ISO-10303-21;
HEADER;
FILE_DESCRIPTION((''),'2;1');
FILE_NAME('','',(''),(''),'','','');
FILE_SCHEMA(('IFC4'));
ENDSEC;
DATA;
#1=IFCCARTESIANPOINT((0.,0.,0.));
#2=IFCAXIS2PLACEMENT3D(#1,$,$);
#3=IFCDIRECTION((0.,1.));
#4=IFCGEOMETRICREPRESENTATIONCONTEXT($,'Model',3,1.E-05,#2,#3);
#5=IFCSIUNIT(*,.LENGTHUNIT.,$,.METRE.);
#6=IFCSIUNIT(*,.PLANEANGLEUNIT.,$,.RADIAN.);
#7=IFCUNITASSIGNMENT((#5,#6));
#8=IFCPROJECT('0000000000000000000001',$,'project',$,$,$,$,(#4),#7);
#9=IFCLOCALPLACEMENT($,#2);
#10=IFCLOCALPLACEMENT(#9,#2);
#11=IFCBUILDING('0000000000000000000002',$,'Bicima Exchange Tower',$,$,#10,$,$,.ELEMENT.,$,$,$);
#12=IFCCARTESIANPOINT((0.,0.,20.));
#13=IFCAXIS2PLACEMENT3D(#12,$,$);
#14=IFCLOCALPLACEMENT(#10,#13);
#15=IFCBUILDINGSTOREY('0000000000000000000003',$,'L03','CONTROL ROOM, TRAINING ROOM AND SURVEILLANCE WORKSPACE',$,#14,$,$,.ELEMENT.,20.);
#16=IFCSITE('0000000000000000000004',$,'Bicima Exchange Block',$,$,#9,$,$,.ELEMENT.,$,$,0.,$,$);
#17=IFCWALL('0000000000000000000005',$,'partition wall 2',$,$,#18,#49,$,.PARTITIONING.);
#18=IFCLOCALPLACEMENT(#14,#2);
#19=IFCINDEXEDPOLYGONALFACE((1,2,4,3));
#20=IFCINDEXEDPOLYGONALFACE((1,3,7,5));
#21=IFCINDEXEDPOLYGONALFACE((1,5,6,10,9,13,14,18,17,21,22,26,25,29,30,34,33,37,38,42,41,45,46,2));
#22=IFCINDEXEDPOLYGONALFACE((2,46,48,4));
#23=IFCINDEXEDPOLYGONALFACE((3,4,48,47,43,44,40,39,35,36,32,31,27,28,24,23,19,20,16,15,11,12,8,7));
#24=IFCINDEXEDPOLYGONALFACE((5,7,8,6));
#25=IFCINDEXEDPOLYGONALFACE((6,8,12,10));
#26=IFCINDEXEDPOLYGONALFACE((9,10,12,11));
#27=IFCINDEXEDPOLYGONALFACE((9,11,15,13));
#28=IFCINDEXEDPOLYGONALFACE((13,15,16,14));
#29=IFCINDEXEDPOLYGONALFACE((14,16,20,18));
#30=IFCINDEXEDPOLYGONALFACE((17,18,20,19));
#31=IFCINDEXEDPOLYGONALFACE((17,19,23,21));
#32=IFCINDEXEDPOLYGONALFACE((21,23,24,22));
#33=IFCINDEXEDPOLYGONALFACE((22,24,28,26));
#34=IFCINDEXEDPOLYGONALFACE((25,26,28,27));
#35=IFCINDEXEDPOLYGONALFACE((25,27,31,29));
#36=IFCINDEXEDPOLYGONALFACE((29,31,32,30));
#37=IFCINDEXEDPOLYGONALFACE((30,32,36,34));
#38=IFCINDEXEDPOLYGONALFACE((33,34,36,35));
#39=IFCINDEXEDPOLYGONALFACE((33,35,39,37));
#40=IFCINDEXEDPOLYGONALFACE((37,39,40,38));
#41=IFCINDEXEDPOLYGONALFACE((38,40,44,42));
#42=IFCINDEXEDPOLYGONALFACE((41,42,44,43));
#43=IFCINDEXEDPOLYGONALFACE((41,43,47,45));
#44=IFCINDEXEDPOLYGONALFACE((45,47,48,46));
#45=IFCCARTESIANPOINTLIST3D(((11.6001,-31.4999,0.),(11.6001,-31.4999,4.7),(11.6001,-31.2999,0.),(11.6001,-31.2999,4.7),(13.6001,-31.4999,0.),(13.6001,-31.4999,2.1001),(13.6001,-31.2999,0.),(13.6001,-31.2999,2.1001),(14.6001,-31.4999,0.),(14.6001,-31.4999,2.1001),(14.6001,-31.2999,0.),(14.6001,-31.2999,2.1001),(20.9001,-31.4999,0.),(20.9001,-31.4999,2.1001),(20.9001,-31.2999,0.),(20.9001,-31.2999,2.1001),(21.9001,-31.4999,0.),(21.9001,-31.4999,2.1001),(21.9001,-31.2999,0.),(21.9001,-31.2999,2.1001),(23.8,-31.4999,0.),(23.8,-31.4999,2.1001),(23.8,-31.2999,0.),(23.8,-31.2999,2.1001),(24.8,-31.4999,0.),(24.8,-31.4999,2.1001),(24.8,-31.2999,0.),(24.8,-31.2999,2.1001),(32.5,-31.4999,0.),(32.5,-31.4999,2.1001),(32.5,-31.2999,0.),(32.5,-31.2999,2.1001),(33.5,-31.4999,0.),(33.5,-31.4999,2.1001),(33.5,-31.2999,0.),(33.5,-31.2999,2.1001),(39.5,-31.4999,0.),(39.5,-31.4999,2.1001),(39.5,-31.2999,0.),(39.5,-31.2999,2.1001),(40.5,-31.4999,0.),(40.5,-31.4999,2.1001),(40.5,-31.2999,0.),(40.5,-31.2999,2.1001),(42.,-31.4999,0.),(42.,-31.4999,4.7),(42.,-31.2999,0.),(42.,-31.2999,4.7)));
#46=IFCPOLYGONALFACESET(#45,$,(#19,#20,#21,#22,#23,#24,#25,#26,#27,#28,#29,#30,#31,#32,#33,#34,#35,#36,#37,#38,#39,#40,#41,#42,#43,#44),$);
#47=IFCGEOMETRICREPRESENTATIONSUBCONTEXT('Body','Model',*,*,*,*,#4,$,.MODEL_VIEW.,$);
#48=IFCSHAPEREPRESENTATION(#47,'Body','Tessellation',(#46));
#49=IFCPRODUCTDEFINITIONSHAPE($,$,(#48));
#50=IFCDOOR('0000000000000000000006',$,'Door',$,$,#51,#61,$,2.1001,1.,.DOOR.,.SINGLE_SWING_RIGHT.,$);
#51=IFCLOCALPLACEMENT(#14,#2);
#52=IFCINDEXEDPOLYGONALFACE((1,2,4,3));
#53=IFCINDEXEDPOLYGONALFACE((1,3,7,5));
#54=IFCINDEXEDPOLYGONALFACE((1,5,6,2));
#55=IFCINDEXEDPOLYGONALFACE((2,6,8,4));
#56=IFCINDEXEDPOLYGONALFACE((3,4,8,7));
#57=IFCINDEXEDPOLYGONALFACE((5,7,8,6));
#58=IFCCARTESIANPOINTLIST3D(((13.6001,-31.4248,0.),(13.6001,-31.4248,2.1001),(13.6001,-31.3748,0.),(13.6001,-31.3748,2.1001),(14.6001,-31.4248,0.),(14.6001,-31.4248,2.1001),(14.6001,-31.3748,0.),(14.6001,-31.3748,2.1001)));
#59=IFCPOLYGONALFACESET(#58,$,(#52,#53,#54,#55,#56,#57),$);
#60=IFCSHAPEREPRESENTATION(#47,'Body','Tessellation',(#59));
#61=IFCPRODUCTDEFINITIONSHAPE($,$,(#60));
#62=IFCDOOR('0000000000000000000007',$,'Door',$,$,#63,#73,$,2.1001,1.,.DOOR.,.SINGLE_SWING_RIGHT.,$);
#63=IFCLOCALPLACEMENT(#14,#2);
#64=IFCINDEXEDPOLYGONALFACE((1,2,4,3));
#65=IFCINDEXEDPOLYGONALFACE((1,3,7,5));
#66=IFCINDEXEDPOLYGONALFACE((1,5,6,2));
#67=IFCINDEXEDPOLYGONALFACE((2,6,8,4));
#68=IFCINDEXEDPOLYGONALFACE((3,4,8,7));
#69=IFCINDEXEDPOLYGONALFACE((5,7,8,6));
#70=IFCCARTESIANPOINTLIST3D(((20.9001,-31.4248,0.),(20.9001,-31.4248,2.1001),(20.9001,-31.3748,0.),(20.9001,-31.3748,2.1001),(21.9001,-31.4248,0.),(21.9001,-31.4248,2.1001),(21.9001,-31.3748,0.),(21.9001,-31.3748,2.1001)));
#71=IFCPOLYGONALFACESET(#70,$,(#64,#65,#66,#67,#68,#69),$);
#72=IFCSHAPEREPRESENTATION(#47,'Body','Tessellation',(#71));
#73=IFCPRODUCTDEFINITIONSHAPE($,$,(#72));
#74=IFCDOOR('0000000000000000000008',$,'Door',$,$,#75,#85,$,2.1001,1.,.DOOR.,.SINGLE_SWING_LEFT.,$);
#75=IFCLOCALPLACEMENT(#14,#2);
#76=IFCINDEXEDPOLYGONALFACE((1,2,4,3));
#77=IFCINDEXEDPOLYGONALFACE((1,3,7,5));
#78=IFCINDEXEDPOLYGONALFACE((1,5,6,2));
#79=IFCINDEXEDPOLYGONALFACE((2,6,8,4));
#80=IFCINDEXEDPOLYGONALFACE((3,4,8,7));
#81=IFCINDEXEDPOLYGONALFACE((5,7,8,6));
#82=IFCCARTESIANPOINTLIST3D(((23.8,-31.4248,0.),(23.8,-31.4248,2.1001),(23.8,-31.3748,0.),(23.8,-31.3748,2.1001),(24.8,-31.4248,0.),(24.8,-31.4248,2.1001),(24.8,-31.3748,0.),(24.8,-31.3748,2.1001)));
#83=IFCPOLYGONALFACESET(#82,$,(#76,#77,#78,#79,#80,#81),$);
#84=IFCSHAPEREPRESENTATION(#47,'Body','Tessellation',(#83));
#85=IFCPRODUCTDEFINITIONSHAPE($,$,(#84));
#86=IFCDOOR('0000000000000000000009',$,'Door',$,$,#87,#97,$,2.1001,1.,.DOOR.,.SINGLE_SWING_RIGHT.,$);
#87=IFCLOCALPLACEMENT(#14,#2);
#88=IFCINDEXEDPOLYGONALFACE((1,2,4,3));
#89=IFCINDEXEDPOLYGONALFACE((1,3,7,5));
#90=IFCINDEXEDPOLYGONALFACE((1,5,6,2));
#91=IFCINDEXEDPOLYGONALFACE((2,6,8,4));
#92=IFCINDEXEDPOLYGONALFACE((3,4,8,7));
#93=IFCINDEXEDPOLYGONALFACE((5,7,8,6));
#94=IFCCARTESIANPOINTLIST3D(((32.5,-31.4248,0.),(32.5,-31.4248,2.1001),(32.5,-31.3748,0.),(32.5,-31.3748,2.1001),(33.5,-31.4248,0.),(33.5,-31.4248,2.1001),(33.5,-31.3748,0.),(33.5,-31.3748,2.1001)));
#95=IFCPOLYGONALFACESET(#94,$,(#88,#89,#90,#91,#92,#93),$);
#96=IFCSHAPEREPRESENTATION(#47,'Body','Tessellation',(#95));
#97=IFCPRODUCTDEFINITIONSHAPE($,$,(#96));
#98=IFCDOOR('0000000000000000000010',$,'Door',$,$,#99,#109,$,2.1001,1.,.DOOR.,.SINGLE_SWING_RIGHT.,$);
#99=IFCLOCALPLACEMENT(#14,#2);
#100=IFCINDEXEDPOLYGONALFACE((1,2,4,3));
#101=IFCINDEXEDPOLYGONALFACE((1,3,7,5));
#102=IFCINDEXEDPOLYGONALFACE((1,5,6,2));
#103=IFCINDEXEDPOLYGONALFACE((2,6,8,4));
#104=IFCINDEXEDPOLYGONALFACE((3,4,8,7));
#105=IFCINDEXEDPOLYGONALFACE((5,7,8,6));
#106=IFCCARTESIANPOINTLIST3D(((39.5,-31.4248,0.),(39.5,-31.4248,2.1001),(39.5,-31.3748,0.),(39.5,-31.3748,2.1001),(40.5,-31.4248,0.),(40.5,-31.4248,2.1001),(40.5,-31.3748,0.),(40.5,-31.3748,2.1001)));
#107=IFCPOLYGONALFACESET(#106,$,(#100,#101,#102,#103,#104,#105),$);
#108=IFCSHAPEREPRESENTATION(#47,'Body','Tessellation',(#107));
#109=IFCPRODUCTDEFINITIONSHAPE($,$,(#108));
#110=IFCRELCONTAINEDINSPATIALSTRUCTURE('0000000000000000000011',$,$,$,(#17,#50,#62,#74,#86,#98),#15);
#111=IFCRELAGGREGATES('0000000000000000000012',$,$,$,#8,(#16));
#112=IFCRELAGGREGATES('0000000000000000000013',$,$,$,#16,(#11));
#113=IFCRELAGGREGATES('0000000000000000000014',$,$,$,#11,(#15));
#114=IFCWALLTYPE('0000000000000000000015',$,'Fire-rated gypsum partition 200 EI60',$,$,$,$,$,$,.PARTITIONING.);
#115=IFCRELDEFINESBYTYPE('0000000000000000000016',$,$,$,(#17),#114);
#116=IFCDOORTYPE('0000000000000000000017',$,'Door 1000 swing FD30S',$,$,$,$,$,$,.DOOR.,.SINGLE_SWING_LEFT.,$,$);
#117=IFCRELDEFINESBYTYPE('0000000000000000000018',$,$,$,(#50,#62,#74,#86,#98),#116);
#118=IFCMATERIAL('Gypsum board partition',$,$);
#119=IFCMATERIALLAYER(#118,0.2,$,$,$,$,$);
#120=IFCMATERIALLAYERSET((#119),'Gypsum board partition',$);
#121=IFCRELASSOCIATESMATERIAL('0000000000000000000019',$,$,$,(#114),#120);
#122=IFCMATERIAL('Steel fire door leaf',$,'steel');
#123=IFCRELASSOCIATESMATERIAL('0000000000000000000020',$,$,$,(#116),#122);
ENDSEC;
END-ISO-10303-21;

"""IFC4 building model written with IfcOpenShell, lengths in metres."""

from ifc_helpers import new_model, si_unit, direction, frame, frame_2d, origin, place, context, subcontext, project, spatial, rectangle, extrude, material, layer, layer_set, type_object, element, fill, save


model = new_model("IFC4")

# Units and contexts
model_context = context("Model", 3, precision=1e-05, world=origin(), true_north=direction((0.0, 1.0)))
body_context = subcontext(model_context, "Body", "Model", "MODEL_VIEW")
ifc_project = project(units=[si_unit("LENGTHUNIT", "METRE"), si_unit("PLANEANGLEUNIT", "RADIAN")], contexts=[model_context])

# Site, building, storey
site_placement = place(None, origin())
site = spatial("IfcSite", under=ifc_project, at=site_placement, Name="Bicima Exchange Block", CompositionType="ELEMENT", RefElevation=0.0)
building_placement = place(site_placement, origin())
building = spatial("IfcBuilding", under=site, at=building_placement, Name="Bicima Exchange Tower", CompositionType="ELEMENT")
storey_placement = place(building_placement, frame((0.0, 0.0, 20.0)))
storey = spatial("IfcBuildingStorey", under=building, at=storey_placement, Name="L03", Description="CONTROL ROOM, TRAINING ROOM AND SURVEILLANCE WORKSPACE", CompositionType="ELEMENT", Elevation=20.0)

# Wall, openings, doors
ifc_material_1 = material(Name="Gypsum board partition")
ifc_layer = layer(ifc_material_1, 0.2)
ifc_layer_set = layer_set([ifc_layer], Name="Gypsum board partition")
wall_type = type_object("IfcWallType", Name="Fire-rated gypsum partition 200 EI60", PredefinedType="PARTITIONING", material=ifc_layer_set)
wall_placement = place(storey_placement, frame((11.6001, -31.3999, 0.0), z_axis=(0.0, 0.0, 1.0), x_axis=(1.0, 0.0, 0.0)))
wall = element("IfcWall", 1, at=wall_placement, inside=storey, type_object=wall_type, Name="partition wall 2", PredefinedType="PARTITIONING", context=body_context, shape_type="SweptSolid", body=[
    extrude(rectangle(XDim=30.3999, YDim=0.2, at=frame_2d((15.2, 0.0))), origin(), (0.0, 0.0, 1.0), 4.7),
])
opening_1_placement = place(wall_placement, frame((2.0, 0.0, 0.0)))
opening_1 = element("IfcOpeningElement", 2, at=opening_1_placement, cuts=wall, PredefinedType="OPENING", context=body_context, shape_type="SweptSolid", body=[
    extrude(rectangle(XDim=1.0, YDim=2.1001, at=frame_2d((0.5, 1.05))), frame((0.0, 0.1118, 0.0), z_axis=(0.0, -1.0, 0.0), x_axis=(1.0, 0.0, 0.0)), (0.0, 0.0, 1.0), 0.2239),
])
opening_2_placement = place(wall_placement, frame((9.3, 0.0, 0.0)))
opening_2 = element("IfcOpeningElement", 3, at=opening_2_placement, cuts=wall, PredefinedType="OPENING", context=body_context, shape_type="SweptSolid", body=[
    extrude(rectangle(XDim=1.0, YDim=2.1001, at=frame_2d((0.5, 1.05))), frame((0.0, 0.1118, 0.0), z_axis=(0.0, -1.0, 0.0), x_axis=(1.0, 0.0, 0.0)), (0.0, 0.0, 1.0), 0.2239),
])
opening_3_placement = place(wall_placement, frame((12.2, 0.0, 0.0)))
opening_3 = element("IfcOpeningElement", 4, at=opening_3_placement, cuts=wall, PredefinedType="OPENING", context=body_context, shape_type="SweptSolid", body=[
    extrude(rectangle(XDim=1.0, YDim=2.1001, at=frame_2d((0.5, 1.05))), frame((0.0, 0.1118, 0.0), z_axis=(0.0, -1.0, 0.0), x_axis=(1.0, 0.0, 0.0)), (0.0, 0.0, 1.0), 0.2239),
])
opening_4_placement = place(wall_placement, frame((20.8999, 0.0, 0.0)))
opening_4 = element("IfcOpeningElement", 5, at=opening_4_placement, cuts=wall, PredefinedType="OPENING", context=body_context, shape_type="SweptSolid", body=[
    extrude(rectangle(XDim=1.0, YDim=2.1001, at=frame_2d((0.5, 1.05))), frame((0.0, 0.1118, 0.0), z_axis=(0.0, -1.0, 0.0), x_axis=(1.0, 0.0, 0.0)), (0.0, 0.0, 1.0), 0.2239),
])
opening_5_placement = place(wall_placement, frame((27.8999, 0.0, 0.0)))
opening_5 = element("IfcOpeningElement", 6, at=opening_5_placement, cuts=wall, PredefinedType="OPENING", context=body_context, shape_type="SweptSolid", body=[
    extrude(rectangle(XDim=1.0, YDim=2.1001, at=frame_2d((0.5, 1.05))), frame((0.0, 0.1118, 0.0), z_axis=(0.0, -1.0, 0.0), x_axis=(1.0, 0.0, 0.0)), (0.0, 0.0, 1.0), 0.2239),
])
ifc_material_2 = material(Name="Steel fire door leaf", Category="steel")
door_type = type_object("IfcDoorType", Name="Door 1000 swing FD30S", OperationType="SINGLE_SWING_LEFT", PredefinedType="DOOR", material=ifc_material_2)
door_1_placement = place(opening_1_placement, frame((1.0, 0.0, 0.0), z_axis=(0.0, 0.0, 1.0), x_axis=(-1.0, 0.0, 0.0)))
door_1 = element("IfcDoor", 7, at=door_1_placement, inside=storey, type_object=door_type, Name="Door", OperationType="SINGLE_SWING_RIGHT", OverallHeight=2.1001, OverallWidth=1.0, PredefinedType="DOOR", context=body_context, shape_type="SweptSolid", body=[
    extrude(rectangle(XDim=1.0, YDim=2.1001, at=frame_2d((0.5, 1.05))), frame((0.0, 0.0249, 0.0), z_axis=(0.0, -1.0, 0.0), x_axis=(1.0, 0.0, 0.0)), (0.0, 0.0, 1.0), 0.05),
])
fill(opening_1, door_1)
door_2_placement = place(opening_2_placement, frame((1.0, 0.0, 0.0), z_axis=(0.0, 0.0, 1.0), x_axis=(-1.0, 0.0, 0.0)))
door_2 = element("IfcDoor", 8, at=door_2_placement, inside=storey, type_object=door_type, Name="Door", OperationType="SINGLE_SWING_RIGHT", OverallHeight=2.1001, OverallWidth=1.0, PredefinedType="DOOR", context=body_context, shape_type="SweptSolid", body=[
    extrude(rectangle(XDim=1.0, YDim=2.1001, at=frame_2d((0.5, 1.05))), frame((0.0, 0.0249, 0.0), z_axis=(0.0, -1.0, 0.0), x_axis=(1.0, 0.0, 0.0)), (0.0, 0.0, 1.0), 0.05),
])
fill(opening_2, door_2)
door_3_placement = place(opening_3_placement, frame((1.0, 0.0, 0.0), z_axis=(0.0, 0.0, 1.0), x_axis=(-1.0, 0.0, 0.0)))
door_3 = element("IfcDoor", 9, at=door_3_placement, inside=storey, type_object=door_type, Name="Door", OperationType="SINGLE_SWING_LEFT", OverallHeight=2.1001, OverallWidth=1.0, PredefinedType="DOOR", context=body_context, shape_type="SweptSolid", body=[
    extrude(rectangle(XDim=1.0, YDim=2.1001, at=frame_2d((0.5, 1.05))), frame((0.0, 0.0249, 0.0), z_axis=(0.0, -1.0, 0.0), x_axis=(1.0, 0.0, 0.0)), (0.0, 0.0, 1.0), 0.05),
])
fill(opening_3, door_3)
door_4_placement = place(opening_4_placement, frame((1.0, 0.0, 0.0), z_axis=(0.0, 0.0, 1.0), x_axis=(-1.0, 0.0, 0.0)))
door_4 = element("IfcDoor", 10, at=door_4_placement, inside=storey, type_object=door_type, Name="Door", OperationType="SINGLE_SWING_RIGHT", OverallHeight=2.1001, OverallWidth=1.0, PredefinedType="DOOR", context=body_context, shape_type="SweptSolid", body=[
    extrude(rectangle(XDim=1.0, YDim=2.1001, at=frame_2d((0.5, 1.05))), frame((0.0, 0.0249, 0.0), z_axis=(0.0, -1.0, 0.0), x_axis=(1.0, 0.0, 0.0)), (0.0, 0.0, 1.0), 0.05),
])
fill(opening_4, door_4)
door_5_placement = place(opening_5_placement, frame((1.0, 0.0, 0.0), z_axis=(0.0, 0.0, 1.0), x_axis=(-1.0, 0.0, 0.0)))
door_5 = element("IfcDoor", 11, at=door_5_placement, inside=storey, type_object=door_type, Name="Door", OperationType="SINGLE_SWING_RIGHT", OverallHeight=2.1001, OverallWidth=1.0, PredefinedType="DOOR", context=body_context, shape_type="SweptSolid", body=[
    extrude(rectangle(XDim=1.0, YDim=2.1001, at=frame_2d((0.5, 1.05))), frame((0.0, 0.0249, 0.0), z_axis=(0.0, -1.0, 0.0), x_axis=(1.0, 0.0, 0.0)), (0.0, 0.0, 1.0), 0.05),
])
fill(opening_5, door_5)

save(model, "model.ifc")
